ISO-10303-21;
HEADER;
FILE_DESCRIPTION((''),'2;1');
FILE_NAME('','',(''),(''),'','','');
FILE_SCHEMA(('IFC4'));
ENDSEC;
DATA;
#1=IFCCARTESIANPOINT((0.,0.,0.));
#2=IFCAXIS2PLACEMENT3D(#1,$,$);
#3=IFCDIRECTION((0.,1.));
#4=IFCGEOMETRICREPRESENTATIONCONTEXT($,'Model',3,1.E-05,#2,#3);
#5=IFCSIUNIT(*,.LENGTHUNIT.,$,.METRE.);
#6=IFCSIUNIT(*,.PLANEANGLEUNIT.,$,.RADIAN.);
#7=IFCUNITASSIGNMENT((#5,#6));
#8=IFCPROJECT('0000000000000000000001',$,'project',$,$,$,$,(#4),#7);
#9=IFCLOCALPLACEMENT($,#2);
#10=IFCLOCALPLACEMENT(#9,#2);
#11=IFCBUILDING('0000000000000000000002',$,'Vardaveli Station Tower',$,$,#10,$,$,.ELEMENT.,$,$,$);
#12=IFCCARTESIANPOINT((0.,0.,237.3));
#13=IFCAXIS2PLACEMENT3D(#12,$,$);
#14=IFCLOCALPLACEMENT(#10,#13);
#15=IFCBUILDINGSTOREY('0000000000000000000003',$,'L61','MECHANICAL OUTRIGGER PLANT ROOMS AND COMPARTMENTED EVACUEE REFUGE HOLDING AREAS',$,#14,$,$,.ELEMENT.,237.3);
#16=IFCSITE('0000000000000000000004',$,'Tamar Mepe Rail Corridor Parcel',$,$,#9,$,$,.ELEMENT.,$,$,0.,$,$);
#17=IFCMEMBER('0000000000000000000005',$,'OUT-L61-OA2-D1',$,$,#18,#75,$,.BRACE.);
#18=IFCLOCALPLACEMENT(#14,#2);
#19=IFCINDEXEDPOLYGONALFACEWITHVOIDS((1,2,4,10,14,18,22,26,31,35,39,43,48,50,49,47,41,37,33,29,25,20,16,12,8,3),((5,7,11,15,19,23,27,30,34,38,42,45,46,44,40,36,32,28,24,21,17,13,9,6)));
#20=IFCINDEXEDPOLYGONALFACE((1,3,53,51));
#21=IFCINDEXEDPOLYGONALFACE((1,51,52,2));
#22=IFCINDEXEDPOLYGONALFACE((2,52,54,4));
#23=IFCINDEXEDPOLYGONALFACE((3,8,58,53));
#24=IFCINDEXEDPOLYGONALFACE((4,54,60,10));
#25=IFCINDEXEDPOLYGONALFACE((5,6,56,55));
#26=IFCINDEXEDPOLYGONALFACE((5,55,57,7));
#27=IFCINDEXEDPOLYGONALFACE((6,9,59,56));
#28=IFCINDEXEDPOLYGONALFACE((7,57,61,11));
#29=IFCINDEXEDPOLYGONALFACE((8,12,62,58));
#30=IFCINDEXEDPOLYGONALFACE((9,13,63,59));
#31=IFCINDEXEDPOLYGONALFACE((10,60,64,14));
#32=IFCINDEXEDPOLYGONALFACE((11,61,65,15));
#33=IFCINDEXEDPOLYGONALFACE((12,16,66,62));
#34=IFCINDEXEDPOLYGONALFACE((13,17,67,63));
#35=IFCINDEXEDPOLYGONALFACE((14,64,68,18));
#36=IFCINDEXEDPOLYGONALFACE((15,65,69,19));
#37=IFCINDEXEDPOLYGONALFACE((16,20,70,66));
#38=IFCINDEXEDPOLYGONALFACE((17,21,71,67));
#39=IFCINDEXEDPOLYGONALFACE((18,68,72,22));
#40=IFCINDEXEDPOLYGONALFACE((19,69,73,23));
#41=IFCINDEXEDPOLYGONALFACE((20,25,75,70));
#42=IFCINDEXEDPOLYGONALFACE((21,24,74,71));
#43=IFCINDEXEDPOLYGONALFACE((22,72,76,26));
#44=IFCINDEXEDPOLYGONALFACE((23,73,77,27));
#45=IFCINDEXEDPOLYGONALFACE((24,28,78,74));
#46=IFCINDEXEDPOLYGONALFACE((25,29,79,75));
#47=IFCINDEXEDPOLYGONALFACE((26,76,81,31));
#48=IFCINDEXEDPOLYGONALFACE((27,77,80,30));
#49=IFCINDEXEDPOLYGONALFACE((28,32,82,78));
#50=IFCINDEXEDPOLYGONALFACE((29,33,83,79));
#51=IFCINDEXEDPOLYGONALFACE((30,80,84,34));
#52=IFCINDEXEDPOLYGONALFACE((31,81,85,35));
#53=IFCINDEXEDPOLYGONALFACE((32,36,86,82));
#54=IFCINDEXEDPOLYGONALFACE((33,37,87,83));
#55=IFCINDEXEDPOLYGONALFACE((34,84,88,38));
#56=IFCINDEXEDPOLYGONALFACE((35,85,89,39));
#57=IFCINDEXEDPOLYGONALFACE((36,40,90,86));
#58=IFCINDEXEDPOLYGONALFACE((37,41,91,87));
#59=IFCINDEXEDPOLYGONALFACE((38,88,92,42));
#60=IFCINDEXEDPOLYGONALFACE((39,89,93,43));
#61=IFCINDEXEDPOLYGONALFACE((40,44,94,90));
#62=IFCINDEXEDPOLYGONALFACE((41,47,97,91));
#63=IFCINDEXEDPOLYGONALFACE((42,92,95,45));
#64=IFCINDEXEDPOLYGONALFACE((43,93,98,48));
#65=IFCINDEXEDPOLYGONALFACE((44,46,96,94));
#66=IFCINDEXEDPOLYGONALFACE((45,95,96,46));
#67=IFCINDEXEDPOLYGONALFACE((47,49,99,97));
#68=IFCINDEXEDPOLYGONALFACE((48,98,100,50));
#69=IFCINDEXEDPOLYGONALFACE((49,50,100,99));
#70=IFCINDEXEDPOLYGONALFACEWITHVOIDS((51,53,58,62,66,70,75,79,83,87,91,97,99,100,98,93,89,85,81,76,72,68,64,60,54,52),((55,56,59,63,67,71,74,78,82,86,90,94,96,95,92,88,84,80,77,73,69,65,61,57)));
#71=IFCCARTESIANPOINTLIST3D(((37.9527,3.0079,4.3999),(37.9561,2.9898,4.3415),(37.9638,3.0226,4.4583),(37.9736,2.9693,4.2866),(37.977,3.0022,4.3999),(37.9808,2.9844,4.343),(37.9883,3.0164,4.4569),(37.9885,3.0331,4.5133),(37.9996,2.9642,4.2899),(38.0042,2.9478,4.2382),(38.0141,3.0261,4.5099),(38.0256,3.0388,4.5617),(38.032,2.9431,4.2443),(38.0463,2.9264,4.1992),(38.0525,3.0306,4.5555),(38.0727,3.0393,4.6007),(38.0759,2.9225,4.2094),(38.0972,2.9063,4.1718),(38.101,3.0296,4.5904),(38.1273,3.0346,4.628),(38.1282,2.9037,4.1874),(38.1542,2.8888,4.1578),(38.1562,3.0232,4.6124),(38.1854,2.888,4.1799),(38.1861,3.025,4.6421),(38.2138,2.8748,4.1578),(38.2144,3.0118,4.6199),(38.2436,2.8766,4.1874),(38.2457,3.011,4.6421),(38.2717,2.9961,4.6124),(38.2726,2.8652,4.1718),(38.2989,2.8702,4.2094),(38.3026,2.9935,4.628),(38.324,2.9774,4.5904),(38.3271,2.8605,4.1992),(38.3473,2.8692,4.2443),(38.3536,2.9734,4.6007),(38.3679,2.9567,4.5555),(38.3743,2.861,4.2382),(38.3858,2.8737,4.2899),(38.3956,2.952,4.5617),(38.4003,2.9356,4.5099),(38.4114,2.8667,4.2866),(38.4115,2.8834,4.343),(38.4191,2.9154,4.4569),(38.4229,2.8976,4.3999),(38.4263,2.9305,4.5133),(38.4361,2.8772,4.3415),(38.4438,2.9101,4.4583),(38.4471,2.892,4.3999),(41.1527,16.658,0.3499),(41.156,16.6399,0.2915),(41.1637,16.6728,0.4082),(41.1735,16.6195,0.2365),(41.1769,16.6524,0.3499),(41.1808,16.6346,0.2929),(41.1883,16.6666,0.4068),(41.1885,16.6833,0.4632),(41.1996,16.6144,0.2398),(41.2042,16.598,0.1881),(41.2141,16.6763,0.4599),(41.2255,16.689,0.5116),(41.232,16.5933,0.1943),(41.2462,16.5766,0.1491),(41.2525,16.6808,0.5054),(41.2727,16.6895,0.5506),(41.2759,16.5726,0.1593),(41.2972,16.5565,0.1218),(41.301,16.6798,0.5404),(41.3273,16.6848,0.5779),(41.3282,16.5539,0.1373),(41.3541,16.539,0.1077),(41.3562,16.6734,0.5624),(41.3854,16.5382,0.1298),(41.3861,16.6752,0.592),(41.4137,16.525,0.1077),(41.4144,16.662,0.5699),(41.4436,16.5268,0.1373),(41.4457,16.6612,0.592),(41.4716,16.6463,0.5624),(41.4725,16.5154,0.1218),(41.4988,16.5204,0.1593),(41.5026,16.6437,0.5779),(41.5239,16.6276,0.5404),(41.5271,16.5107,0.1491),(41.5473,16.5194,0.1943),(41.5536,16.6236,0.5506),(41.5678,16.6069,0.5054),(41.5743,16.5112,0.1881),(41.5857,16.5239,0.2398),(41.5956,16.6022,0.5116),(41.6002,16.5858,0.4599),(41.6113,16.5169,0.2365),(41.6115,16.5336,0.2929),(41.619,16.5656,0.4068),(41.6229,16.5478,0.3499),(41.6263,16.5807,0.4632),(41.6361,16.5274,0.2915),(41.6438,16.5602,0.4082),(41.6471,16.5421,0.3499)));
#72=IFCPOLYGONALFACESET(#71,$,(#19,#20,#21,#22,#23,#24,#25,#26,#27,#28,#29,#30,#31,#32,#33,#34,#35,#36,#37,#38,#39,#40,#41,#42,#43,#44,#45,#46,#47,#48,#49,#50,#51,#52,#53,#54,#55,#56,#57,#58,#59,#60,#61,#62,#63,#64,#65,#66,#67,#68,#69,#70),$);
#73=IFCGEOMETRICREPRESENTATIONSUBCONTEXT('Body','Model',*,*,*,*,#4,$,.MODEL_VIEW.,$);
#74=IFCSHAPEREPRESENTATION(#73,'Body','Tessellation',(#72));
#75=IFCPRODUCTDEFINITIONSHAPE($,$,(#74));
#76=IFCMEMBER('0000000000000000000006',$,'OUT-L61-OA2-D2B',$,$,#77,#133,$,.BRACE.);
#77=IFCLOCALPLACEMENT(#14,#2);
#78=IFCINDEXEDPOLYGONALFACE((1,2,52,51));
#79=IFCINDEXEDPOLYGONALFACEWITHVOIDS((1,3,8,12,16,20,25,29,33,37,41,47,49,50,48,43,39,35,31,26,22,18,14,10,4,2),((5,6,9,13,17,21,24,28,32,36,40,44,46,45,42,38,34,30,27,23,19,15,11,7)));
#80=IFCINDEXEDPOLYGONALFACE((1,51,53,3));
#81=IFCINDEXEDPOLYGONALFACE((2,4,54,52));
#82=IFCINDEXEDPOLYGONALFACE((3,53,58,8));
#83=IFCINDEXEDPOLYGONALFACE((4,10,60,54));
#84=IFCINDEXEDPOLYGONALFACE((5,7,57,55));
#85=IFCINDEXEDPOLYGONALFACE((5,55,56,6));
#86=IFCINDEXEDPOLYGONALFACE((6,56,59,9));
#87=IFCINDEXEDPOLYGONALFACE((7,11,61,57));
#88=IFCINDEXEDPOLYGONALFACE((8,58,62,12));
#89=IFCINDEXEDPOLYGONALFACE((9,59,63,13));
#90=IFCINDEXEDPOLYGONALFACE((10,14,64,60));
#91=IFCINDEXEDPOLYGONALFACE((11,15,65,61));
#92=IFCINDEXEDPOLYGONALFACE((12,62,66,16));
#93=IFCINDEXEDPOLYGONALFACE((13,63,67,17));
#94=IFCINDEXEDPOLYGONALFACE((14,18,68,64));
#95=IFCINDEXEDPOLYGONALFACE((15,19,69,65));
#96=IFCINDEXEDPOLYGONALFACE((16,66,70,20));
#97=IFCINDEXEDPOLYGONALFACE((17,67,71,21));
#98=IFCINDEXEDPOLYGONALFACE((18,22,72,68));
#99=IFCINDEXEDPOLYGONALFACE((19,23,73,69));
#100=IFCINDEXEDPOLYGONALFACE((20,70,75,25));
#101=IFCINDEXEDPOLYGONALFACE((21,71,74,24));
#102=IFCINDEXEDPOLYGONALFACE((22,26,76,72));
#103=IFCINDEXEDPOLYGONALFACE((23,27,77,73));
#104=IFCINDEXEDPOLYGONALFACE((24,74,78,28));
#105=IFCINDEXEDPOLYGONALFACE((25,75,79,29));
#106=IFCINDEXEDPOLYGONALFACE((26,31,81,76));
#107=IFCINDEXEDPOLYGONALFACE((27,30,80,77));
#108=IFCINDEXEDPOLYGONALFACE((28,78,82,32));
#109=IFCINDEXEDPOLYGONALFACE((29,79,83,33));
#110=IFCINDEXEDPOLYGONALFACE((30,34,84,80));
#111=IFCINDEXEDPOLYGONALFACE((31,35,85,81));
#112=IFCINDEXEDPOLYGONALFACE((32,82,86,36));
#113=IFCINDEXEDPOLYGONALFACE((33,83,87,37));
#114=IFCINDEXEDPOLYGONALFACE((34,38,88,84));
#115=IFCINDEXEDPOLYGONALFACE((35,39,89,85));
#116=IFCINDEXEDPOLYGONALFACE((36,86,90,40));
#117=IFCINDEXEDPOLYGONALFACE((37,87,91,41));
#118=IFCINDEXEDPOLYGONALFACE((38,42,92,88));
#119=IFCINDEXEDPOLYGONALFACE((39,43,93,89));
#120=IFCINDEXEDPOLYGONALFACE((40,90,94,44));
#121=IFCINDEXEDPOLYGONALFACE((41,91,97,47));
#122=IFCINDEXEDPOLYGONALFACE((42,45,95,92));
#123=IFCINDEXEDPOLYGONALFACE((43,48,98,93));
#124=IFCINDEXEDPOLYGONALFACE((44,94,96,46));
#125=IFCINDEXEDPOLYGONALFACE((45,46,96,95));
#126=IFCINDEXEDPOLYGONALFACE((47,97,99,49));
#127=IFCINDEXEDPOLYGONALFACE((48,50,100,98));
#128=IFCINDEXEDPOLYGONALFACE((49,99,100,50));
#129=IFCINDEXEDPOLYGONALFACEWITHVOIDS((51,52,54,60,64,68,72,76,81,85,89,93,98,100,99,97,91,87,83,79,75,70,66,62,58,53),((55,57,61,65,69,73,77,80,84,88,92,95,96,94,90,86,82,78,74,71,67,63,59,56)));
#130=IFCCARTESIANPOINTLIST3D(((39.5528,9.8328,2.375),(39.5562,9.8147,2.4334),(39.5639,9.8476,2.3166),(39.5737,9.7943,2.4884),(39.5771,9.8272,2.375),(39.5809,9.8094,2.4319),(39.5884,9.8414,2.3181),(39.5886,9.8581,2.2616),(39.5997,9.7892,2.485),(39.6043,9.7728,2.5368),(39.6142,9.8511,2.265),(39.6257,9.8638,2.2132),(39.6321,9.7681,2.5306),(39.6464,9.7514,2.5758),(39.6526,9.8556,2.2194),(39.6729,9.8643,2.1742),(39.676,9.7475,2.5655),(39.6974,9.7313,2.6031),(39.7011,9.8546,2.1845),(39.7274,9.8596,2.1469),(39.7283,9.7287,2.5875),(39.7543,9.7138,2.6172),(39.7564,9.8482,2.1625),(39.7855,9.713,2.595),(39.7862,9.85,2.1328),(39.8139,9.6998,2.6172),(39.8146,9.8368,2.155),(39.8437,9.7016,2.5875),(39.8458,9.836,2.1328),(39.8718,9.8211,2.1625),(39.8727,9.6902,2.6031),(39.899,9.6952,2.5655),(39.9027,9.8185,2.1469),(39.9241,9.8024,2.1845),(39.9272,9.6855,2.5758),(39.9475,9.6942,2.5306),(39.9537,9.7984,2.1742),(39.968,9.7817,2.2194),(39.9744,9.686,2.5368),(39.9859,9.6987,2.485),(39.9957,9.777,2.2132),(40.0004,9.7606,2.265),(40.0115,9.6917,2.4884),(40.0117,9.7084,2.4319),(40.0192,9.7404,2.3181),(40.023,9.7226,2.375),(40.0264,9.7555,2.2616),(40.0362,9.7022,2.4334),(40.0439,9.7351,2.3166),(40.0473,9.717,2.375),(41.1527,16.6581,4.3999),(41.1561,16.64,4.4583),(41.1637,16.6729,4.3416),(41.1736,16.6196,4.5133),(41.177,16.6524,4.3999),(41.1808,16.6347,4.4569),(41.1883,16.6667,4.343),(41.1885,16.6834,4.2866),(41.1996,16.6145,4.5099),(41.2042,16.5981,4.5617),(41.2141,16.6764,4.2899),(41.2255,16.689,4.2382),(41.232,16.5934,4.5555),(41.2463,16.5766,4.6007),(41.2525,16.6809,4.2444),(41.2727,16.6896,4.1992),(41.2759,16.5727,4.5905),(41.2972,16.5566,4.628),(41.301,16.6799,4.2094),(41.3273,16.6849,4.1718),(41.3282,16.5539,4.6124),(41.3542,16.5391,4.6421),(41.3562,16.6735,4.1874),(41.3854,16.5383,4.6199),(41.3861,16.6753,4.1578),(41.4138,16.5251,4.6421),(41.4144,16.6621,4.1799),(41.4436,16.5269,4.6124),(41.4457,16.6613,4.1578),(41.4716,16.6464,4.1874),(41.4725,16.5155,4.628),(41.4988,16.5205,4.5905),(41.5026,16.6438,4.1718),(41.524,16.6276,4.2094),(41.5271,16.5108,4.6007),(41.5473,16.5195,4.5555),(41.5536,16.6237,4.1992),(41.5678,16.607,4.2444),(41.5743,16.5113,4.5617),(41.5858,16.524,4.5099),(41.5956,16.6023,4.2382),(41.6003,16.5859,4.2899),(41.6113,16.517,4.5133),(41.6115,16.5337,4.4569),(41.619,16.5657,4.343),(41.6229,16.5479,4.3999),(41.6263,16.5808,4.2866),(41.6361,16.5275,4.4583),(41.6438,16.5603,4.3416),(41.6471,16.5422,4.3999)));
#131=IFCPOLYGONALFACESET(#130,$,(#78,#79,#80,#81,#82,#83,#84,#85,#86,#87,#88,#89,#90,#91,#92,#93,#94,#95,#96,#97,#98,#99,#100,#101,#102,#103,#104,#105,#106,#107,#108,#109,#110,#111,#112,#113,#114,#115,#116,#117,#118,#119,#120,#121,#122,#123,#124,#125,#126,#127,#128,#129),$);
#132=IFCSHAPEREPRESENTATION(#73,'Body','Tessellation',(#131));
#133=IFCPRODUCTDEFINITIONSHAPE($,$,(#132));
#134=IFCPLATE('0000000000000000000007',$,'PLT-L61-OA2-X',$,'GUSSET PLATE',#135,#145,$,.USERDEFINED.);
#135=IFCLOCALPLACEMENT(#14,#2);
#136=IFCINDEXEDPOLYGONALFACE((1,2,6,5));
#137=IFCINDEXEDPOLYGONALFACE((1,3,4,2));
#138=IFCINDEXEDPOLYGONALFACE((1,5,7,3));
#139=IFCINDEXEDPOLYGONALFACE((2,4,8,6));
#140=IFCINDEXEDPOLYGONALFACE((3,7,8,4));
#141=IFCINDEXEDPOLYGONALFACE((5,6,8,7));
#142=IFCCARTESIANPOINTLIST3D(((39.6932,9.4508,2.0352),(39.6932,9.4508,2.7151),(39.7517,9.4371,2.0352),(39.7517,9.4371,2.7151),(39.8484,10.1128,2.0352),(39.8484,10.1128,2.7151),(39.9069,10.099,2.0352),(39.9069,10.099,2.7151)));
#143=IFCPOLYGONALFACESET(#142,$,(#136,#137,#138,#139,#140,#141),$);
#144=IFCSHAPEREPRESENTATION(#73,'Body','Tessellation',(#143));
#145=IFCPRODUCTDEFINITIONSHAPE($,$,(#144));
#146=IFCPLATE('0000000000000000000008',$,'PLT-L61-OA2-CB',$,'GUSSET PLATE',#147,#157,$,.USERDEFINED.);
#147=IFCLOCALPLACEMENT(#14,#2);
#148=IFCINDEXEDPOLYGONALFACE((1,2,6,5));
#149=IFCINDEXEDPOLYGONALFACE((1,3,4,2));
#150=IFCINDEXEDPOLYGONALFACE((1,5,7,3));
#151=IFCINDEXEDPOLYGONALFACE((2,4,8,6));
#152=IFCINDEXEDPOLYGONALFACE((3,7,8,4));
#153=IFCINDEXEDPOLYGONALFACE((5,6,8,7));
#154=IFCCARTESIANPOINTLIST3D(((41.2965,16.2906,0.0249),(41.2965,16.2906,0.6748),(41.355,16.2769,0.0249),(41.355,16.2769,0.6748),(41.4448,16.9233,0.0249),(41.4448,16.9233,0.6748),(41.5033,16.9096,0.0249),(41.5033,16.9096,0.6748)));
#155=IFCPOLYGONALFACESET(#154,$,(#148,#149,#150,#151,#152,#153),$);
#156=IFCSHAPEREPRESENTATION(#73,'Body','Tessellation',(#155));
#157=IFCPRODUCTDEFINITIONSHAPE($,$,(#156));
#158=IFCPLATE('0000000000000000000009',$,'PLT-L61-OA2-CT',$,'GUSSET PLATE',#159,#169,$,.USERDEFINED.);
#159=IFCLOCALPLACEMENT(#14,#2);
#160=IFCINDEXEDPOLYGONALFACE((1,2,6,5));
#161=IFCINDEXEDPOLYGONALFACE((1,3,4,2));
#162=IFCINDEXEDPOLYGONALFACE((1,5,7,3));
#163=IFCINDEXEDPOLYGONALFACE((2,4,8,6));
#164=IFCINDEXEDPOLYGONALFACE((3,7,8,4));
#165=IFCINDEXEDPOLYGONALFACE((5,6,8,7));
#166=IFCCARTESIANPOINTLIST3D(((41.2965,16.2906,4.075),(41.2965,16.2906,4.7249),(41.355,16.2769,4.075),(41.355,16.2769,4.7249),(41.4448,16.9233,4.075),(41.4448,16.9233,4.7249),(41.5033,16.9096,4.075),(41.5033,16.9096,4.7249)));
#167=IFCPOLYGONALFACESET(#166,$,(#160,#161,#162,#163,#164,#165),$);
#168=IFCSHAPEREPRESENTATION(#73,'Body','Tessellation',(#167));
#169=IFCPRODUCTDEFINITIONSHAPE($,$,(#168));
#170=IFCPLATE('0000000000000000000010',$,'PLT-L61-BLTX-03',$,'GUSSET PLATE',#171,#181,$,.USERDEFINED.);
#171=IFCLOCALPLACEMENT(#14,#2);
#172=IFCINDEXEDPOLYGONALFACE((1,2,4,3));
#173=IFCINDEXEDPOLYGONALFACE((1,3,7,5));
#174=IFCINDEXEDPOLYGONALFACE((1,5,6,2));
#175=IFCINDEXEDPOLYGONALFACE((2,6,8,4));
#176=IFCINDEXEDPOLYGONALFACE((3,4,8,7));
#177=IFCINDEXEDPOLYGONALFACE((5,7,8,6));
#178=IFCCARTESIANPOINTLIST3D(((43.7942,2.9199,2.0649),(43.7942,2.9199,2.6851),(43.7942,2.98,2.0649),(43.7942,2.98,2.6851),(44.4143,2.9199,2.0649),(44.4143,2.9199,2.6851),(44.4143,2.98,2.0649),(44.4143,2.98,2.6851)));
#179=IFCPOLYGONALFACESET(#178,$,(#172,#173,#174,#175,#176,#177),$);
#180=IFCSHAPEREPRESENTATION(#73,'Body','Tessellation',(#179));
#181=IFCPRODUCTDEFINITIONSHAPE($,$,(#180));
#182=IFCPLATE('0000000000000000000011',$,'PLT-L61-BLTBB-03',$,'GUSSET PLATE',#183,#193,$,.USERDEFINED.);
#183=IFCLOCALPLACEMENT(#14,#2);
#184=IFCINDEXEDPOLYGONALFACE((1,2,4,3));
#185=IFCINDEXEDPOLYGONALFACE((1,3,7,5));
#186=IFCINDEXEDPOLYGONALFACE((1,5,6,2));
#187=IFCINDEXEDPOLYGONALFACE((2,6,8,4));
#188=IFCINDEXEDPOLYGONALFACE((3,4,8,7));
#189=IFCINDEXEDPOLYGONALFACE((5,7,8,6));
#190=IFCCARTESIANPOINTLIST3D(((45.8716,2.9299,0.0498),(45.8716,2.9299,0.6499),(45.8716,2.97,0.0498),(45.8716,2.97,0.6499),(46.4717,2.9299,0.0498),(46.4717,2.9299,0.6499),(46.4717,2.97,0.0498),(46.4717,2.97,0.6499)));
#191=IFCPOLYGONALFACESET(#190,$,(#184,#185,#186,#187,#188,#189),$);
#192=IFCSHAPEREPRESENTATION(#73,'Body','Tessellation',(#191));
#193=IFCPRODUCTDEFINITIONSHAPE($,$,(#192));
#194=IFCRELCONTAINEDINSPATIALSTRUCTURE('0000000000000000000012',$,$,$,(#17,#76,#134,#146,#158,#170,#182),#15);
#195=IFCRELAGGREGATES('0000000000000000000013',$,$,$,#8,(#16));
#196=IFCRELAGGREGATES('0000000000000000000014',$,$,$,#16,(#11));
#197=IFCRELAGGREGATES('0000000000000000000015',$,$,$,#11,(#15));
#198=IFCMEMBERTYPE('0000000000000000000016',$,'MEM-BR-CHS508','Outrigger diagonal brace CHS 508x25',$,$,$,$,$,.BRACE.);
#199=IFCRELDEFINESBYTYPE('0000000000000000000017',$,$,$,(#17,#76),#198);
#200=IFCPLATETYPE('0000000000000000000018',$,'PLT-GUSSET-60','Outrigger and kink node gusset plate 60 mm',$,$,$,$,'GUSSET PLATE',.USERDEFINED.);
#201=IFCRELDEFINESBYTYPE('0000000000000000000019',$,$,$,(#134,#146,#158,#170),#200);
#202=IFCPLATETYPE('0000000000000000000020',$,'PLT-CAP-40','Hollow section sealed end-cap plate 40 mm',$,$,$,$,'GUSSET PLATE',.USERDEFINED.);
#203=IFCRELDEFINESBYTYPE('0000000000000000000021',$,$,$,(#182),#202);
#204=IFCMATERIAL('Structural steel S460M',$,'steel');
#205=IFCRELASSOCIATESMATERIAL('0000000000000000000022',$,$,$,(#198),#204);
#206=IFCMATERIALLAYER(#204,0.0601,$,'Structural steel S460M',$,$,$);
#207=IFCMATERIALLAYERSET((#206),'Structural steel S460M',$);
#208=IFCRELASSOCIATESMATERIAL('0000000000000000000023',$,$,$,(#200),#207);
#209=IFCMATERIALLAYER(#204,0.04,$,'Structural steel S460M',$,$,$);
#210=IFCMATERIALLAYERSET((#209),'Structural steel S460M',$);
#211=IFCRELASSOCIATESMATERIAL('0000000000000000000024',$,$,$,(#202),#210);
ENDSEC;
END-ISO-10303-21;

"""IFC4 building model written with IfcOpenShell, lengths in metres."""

from ifc_helpers import new_model, si_unit, direction, frame, origin, origin_2d, place, context, subcontext, project, spatial, rectangle, hollow_circle, extrude, source, transform, mapped, material, layer, layer_set, material_profile, profile_set, type_object, element, save


model = new_model("IFC4")

# Units and contexts
model_context = context("Model", 3, precision=1e-05, world=origin(), true_north=direction((0.0, 1.0)))
body_context = subcontext(model_context, "Body", "Model", "MODEL_VIEW")
ifc_project = project(units=[si_unit("LENGTHUNIT", "METRE"), si_unit("PLANEANGLEUNIT", "RADIAN")], contexts=[model_context])

# Site, building, storey
site_placement = place(None, origin())
site = spatial("IfcSite", under=ifc_project, at=site_placement, Name="Tamar Mepe Rail Corridor Parcel", CompositionType="ELEMENT", RefElevation=0.0)
building_placement = place(site_placement, origin())
building = spatial("IfcBuilding", under=site, at=building_placement, Name="Vardaveli Station Tower", CompositionType="ELEMENT")
storey_placement = place(building_placement, frame((0.0, 0.0, 237.3)))
storey = spatial("IfcBuildingStorey", under=building, at=storey_placement, Name="L61", Description="MECHANICAL OUTRIGGER PLANT ROOMS AND COMPARTMENTED EVACUEE REFUGE HOLDING AREAS", CompositionType="ELEMENT", Elevation=237.3)

# Shared definitions
ifc_material_1 = material(Name="Structural steel S460M", Category="steel")

# Members
ifc_material_profile_1 = material_profile(ifc_material_1, hollow_circle(Radius=0.2539, WallThickness=0.0249, at=origin_2d()), Name="CHS 508x25")
ifc_profile_set_1 = profile_set([ifc_material_profile_1], Name="Structural steel S460M")
member_type_1 = type_object("IfcMemberType", Name="MEM-BR-CHS508", Description="Outrigger diagonal brace CHS 508x25", PredefinedType="BRACE", material=ifc_profile_set_1)
shared_shape_1 = source(origin(), body_context, "Body", "SweptSolid", [
    extrude(hollow_circle(Radius=0.2539, WallThickness=0.0249, at=origin_2d()), origin(), (0.0, 0.0, 1.0), 14.5935),
])
member_1_placement = place(storey_placement, frame((41.3999, 16.6001, 0.3499), z_axis=(-0.219273, -0.935361, 0.277525), x_axis=(0.973605, -0.228239, 0.0)))
element("IfcMember", 1, at=member_1_placement, inside=storey, type_object=member_type_1, Name="OUT-L61-OA2-D1", PredefinedType="BRACE", context=body_context, shape_type="MappedRepresentation", body=[
    mapped(shared_shape_1, transform((0.0, 0.0, 0.0), scale=1.0)),
])
shared_shape_2 = source(origin(), body_context, "Body", "SweptSolid", [
    extrude(hollow_circle(Radius=0.2539, WallThickness=0.0249, at=origin_2d()), origin(), (0.0, 0.0, 1.0), 7.2969),
])
member_2_placement = place(storey_placement, frame((39.8, 9.7749, 2.375), z_axis=(0.219255, 0.93537, 0.277506), x_axis=(-0.97361, 0.228218, 0.0)))
element("IfcMember", 2, at=member_2_placement, inside=storey, type_object=member_type_1, Name="OUT-L61-OA2-D2B", PredefinedType="BRACE", context=body_context, shape_type="MappedRepresentation", body=[
    mapped(shared_shape_2, transform((0.0, 0.0, 0.0), scale=1.0)),
])

# Plates
ifc_layer_1 = layer(ifc_material_1, 0.0601, Name="Structural steel S460M")
ifc_layer_set_1 = layer_set([ifc_layer_1], Name="Structural steel S460M")
plate_type_1 = type_object("IfcPlateType", Name="PLT-GUSSET-60", Description="Outrigger and kink node gusset plate 60 mm", ElementType="GUSSET PLATE", PredefinedType="USERDEFINED", material=ifc_layer_set_1)
shared_shape_3 = source(origin(), body_context, "Body", "SweptSolid", [
    extrude(rectangle(XDim=0.6799, YDim=0.0601, at=origin_2d()), origin(), (0.0, 0.0, 1.0), 0.6799),
])
plate_1_placement = place(storey_placement, frame((39.8, 9.7749, 2.0352), z_axis=(0.0, 0.0, 1.0), x_axis=(-0.228181, -0.973619, 0.0)))
element("IfcPlate", 3, at=plate_1_placement, inside=storey, type_object=plate_type_1, Name="PLT-L61-OA2-X", ObjectType="GUSSET PLATE", PredefinedType="USERDEFINED", context=body_context, shape_type="MappedRepresentation", body=[
    mapped(shared_shape_3, transform((0.0, 0.0, 0.0), scale=1.0)),
])
shared_shape_4 = source(origin(), body_context, "Body", "SweptSolid", [
    extrude(rectangle(XDim=0.6499, YDim=0.0601, at=origin_2d()), origin(), (0.0, 0.0, 1.0), 0.6499),
])
for number, where, z_axis, x_axis, name in (
    (4, (41.3999, 16.6001, 0.0249), (0.0, 0.0, 1.0), (-0.228181, -0.973619, 0.0), "PLT-L61-OA2-CB"),
    (5, (41.3999, 16.6001, 4.075), (0.0, 0.0, 1.0), (-0.228181, -0.973619, 0.0), "PLT-L61-OA2-CT"),
):
    element("IfcPlate", number, at=place(storey_placement, frame(where, z_axis=z_axis, x_axis=x_axis)), inside=storey, type_object=plate_type_1, Name=name, ObjectType="GUSSET PLATE", PredefinedType="USERDEFINED", context=body_context, shape_type="MappedRepresentation", body=[
        mapped(shared_shape_4, transform((0.0, 0.0, 0.0), scale=1.0)),
    ])
shared_shape_5 = source(origin(), body_context, "Body", "SweptSolid", [
    extrude(rectangle(XDim=0.6201, YDim=0.0601, at=origin_2d()), origin(), (0.0, 0.0, 1.0), 0.6201),
])
plate_2_placement = place(storey_placement, frame((44.1042, 2.95, 2.0649), z_axis=(0.0, 0.0, 1.0), x_axis=(1.0, 0.0, 0.0)))
element("IfcPlate", 6, at=plate_2_placement, inside=storey, type_object=plate_type_1, Name="PLT-L61-BLTX-03", ObjectType="GUSSET PLATE", PredefinedType="USERDEFINED", context=body_context, shape_type="MappedRepresentation", body=[
    mapped(shared_shape_5, transform((0.0, 0.0, 0.0), scale=1.0)),
])
ifc_layer_2 = layer(ifc_material_1, 0.04, Name="Structural steel S460M")
ifc_layer_set_2 = layer_set([ifc_layer_2], Name="Structural steel S460M")
plate_type_2 = type_object("IfcPlateType", Name="PLT-CAP-40", Description="Hollow section sealed end-cap plate 40 mm", ElementType="GUSSET PLATE", PredefinedType="USERDEFINED", material=ifc_layer_set_2)
shared_shape_6 = source(origin(), body_context, "Body", "SweptSolid", [
    extrude(rectangle(XDim=0.6001, YDim=0.04, at=origin_2d()), origin(), (0.0, 0.0, 1.0), 0.6001),
])
plate_3_placement = place(storey_placement, frame((46.1716, 2.95, 0.0498), z_axis=(0.0, 0.0, 1.0), x_axis=(1.0, 0.0, 0.0)))
element("IfcPlate", 7, at=plate_3_placement, inside=storey, type_object=plate_type_2, Name="PLT-L61-BLTBB-03", ObjectType="GUSSET PLATE", PredefinedType="USERDEFINED", context=body_context, shape_type="MappedRepresentation", body=[
    mapped(shared_shape_6, transform((0.0, 0.0, 0.0), scale=1.0)),
])

save(model, "model.ifc")
